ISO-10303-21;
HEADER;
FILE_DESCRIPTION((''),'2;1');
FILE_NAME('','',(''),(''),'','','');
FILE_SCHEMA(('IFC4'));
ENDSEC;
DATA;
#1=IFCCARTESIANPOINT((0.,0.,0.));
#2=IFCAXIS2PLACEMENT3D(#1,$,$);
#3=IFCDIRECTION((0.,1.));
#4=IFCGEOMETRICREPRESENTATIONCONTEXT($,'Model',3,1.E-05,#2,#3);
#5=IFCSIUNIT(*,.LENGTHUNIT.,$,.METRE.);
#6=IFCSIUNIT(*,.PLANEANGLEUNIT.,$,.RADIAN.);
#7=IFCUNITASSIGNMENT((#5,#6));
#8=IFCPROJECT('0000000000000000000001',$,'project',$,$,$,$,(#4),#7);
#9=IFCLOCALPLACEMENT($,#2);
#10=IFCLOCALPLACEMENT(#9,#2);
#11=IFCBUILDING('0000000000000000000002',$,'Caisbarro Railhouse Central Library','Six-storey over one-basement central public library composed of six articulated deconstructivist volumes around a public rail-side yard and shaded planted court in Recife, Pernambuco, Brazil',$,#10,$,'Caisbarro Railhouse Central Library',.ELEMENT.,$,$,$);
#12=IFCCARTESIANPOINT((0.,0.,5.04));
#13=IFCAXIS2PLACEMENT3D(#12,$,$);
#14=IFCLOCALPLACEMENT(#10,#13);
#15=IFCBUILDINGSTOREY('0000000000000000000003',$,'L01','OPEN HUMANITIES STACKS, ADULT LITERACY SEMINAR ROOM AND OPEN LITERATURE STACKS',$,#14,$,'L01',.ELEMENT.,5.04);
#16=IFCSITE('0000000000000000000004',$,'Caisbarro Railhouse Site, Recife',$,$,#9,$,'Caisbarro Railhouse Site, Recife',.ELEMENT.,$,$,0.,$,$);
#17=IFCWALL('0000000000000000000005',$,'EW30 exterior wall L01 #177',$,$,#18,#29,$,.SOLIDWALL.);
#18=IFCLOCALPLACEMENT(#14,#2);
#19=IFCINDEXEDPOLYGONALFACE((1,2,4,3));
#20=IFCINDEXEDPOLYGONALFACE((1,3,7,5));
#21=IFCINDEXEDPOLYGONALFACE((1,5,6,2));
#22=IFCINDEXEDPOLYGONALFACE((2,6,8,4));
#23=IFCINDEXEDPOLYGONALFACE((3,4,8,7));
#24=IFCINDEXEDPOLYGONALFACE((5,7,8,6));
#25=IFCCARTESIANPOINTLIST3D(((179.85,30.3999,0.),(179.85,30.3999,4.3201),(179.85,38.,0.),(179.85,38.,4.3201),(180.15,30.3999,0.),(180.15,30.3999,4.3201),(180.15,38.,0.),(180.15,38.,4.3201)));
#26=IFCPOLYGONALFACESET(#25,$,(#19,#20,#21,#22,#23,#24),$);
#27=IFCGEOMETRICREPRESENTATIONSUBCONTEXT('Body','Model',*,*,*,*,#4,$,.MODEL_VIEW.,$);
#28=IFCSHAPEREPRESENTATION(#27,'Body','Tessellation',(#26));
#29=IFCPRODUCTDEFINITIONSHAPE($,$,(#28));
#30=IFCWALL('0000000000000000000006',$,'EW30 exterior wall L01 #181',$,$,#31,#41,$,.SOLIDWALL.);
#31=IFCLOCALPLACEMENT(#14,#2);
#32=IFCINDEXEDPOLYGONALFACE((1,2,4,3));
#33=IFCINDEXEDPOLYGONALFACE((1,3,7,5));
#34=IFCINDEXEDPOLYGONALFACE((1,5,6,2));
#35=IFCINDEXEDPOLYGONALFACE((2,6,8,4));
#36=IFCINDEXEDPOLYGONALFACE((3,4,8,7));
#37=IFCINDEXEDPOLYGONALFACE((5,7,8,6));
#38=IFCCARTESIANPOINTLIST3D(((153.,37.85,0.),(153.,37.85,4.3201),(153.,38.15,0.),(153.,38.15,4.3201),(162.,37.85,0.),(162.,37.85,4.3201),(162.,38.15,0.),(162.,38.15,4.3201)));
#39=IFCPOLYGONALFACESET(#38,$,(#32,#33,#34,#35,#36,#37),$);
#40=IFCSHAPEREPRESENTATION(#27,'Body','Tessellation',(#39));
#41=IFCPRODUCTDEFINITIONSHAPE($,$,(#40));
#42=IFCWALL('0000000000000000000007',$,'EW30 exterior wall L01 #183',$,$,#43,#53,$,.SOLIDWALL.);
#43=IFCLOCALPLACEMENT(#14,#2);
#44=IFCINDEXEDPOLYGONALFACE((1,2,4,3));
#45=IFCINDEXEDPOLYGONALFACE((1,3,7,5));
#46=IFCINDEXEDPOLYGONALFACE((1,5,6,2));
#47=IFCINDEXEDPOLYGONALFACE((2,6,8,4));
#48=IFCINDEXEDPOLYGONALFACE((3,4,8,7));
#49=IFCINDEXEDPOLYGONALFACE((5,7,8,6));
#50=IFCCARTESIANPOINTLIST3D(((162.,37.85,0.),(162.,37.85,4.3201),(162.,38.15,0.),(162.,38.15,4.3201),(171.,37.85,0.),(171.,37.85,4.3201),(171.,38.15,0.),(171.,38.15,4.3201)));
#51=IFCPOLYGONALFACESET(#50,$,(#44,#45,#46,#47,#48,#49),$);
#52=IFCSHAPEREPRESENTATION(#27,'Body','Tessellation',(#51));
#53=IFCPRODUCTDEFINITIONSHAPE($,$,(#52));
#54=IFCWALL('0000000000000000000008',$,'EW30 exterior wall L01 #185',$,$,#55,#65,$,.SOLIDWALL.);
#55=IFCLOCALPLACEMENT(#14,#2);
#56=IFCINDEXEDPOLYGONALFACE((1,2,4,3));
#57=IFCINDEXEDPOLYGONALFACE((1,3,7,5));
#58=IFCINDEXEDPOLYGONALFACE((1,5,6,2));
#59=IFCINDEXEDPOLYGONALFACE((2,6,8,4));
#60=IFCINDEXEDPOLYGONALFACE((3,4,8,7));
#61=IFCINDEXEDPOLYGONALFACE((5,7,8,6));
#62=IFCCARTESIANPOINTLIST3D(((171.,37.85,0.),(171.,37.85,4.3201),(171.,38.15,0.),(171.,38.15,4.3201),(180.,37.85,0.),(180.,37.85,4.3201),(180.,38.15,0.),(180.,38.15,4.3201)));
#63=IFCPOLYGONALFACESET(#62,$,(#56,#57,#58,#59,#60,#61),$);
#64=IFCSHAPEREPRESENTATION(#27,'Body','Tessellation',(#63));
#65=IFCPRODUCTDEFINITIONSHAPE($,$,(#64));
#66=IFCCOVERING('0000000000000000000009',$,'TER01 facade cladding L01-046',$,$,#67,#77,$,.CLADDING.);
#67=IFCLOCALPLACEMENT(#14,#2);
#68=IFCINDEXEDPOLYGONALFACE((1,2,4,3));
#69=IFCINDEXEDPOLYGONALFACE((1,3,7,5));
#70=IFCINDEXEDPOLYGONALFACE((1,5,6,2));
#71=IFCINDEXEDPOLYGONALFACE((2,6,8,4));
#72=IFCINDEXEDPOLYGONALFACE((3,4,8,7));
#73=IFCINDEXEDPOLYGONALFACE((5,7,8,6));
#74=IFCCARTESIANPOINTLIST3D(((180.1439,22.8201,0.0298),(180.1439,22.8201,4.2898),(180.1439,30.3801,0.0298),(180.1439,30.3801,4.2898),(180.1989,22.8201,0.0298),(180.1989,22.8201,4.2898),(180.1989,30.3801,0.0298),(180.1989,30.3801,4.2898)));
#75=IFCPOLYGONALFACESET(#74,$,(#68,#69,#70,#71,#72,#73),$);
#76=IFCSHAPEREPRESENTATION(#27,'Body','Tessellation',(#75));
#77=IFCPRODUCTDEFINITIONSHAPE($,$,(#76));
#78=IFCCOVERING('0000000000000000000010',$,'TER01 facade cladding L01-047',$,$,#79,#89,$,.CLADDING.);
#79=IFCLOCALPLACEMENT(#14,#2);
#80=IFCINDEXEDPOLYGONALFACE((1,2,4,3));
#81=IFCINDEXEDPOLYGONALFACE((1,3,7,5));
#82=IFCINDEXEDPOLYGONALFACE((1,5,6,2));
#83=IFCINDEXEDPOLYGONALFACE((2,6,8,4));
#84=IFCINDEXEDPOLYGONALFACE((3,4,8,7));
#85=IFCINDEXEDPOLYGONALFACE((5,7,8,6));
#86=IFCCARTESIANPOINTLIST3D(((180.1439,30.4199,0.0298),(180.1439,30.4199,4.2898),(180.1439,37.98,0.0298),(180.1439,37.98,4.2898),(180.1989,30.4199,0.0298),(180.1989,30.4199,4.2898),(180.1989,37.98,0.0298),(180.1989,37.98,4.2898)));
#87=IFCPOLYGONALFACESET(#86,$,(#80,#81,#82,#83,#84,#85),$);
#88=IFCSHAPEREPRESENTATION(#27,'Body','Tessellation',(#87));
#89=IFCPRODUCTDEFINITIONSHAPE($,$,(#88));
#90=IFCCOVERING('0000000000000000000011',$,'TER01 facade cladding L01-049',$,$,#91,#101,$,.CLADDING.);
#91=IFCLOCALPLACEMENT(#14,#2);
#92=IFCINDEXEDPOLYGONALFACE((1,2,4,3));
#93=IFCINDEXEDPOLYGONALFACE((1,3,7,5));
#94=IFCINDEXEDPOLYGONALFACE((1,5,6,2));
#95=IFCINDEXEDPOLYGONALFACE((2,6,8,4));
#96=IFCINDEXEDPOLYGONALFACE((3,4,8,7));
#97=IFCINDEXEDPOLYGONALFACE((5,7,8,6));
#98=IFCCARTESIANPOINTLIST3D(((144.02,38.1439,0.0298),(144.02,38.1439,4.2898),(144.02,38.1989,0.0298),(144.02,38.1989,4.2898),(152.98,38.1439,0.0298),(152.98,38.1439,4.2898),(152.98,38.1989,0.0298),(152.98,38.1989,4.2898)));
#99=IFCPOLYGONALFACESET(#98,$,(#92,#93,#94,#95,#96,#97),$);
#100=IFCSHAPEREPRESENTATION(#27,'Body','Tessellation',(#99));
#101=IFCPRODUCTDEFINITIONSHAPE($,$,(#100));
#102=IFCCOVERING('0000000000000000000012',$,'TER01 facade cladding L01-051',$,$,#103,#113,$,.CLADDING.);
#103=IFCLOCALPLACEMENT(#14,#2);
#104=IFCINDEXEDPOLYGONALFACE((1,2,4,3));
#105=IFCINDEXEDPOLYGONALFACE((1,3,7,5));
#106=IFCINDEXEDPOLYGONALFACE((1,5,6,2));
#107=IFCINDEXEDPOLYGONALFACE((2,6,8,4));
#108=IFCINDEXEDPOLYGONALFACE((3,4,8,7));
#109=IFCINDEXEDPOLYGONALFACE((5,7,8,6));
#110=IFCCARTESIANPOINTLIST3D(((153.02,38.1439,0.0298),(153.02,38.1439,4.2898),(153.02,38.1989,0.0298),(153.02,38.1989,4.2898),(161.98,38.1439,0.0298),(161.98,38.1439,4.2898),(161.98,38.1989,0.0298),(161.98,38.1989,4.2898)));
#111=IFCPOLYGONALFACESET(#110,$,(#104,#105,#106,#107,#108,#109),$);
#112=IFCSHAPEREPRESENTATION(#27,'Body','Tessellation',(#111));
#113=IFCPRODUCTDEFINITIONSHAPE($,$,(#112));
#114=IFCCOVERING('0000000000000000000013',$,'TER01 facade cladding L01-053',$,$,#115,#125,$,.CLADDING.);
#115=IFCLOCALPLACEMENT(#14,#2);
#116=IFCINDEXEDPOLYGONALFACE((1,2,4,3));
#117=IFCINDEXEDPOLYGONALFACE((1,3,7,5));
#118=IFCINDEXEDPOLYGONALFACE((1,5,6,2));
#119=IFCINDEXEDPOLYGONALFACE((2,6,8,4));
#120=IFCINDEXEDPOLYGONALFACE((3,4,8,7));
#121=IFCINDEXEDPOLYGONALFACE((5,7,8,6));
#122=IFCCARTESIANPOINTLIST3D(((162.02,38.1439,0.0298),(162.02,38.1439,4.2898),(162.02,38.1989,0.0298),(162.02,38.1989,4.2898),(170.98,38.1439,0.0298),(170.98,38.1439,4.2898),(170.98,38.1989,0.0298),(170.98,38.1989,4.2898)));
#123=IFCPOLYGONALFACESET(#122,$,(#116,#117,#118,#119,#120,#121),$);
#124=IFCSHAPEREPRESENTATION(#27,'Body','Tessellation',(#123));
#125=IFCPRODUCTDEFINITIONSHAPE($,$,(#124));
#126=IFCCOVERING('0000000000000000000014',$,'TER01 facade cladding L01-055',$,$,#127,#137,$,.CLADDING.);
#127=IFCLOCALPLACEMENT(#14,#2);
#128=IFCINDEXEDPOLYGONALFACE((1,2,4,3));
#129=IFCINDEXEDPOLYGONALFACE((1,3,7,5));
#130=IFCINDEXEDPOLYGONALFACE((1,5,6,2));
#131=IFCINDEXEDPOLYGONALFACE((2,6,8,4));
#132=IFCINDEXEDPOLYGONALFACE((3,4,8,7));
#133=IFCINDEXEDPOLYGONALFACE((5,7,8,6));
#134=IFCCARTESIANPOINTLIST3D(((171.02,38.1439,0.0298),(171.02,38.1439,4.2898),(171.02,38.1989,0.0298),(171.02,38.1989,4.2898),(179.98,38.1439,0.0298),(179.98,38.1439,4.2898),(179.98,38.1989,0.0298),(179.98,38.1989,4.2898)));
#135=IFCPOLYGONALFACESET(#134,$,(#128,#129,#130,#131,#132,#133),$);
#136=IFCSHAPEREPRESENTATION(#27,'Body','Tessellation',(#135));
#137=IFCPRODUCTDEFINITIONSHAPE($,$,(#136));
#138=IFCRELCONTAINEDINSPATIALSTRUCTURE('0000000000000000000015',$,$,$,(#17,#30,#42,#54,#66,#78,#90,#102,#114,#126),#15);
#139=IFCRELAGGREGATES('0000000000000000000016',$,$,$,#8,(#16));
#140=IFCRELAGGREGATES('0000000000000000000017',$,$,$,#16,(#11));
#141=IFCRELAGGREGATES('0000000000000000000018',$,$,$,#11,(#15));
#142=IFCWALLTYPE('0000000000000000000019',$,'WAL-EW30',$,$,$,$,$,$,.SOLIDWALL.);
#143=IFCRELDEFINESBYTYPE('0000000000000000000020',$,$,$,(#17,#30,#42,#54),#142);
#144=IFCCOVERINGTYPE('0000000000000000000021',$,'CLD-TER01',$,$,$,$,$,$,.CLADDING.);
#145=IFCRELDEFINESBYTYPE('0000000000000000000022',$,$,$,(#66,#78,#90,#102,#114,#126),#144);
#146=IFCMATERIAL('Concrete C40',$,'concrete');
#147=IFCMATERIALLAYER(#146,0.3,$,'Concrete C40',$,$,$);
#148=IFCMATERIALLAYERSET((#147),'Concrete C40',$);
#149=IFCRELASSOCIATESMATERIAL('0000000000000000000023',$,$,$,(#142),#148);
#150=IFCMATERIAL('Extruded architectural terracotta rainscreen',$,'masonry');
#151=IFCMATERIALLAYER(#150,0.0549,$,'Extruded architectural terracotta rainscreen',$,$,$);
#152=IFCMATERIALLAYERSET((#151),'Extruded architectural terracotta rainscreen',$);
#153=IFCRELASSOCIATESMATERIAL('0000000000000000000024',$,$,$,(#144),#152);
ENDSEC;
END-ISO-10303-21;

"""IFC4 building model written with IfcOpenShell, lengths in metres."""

from ifc_helpers import new_model, si_unit, direction, frame, frame_2d, origin, origin_2d, place, context, subcontext, project, spatial, rectangle, extrude, material, layer, layer_set, type_object, element, save


model = new_model("IFC4")

# Units and contexts
model_context = context("Model", 3, precision=1e-05, world=origin(), true_north=direction((0.0, 1.0)))
body_context = subcontext(model_context, "Body", "Model", "MODEL_VIEW")
ifc_project = project(units=[si_unit("LENGTHUNIT", "METRE"), si_unit("PLANEANGLEUNIT", "RADIAN")], contexts=[model_context])

# Site, building, storey
site_placement = place(None, origin())
site = spatial("IfcSite", under=ifc_project, at=site_placement, Name="Caisbarro Railhouse Site, Recife", LongName="Caisbarro Railhouse Site, Recife", CompositionType="ELEMENT", RefElevation=0.0)
building_placement = place(site_placement, origin())
building = spatial("IfcBuilding", under=site, at=building_placement, Name="Caisbarro Railhouse Central Library", Description="Six-storey over one-basement central public library composed of six articulated deconstructivist volumes around a public rail-side yard and shaded planted court in Recife, Pernambuco, Brazil", LongName="Caisbarro Railhouse Central Library", CompositionType="ELEMENT")
storey_placement = place(building_placement, frame((0.0, 0.0, 5.04)))
storey = spatial("IfcBuildingStorey", under=building, at=storey_placement, Name="L01", Description="OPEN HUMANITIES STACKS, ADULT LITERACY SEMINAR ROOM AND OPEN LITERATURE STACKS", LongName="L01", CompositionType="ELEMENT", Elevation=5.04)

# Walls
ifc_material_1 = material(Name="Concrete C40", Category="concrete")
ifc_layer_1 = layer(ifc_material_1, 0.3, Name="Concrete C40")
ifc_layer_set_1 = layer_set([ifc_layer_1], Name="Concrete C40")
wall_type = type_object("IfcWallType", Name="WAL-EW30", PredefinedType="SOLIDWALL", material=ifc_layer_set_1)
wall_1_placement = place(storey_placement, frame((180.0, 30.3999, 0.0), z_axis=(0.0, 0.0, 1.0), x_axis=(0.0, 1.0, 0.0)))
element("IfcWall", 1, at=wall_1_placement, inside=storey, type_object=wall_type, Name="EW30 exterior wall L01 #177", PredefinedType="SOLIDWALL", context=body_context, shape_type="SweptSolid", body=[
    extrude(rectangle(XDim=7.6001, YDim=0.3, at=frame_2d((3.8, 0.0))), origin(), (0.0, 0.0, 1.0), 4.3201),
])
for number, where, z_axis, x_axis, name in (
    (2, (153.0, 38.0, 0.0), (0.0, 0.0, 1.0), (1.0, 0.0, 0.0), "EW30 exterior wall L01 #181"),
    (3, (162.0, 38.0, 0.0), (0.0, 0.0, 1.0), (1.0, 0.0, 0.0), "EW30 exterior wall L01 #183"),
    (4, (171.0, 38.0, 0.0), (0.0, 0.0, 1.0), (1.0, 0.0, 0.0), "EW30 exterior wall L01 #185"),
):
    element("IfcWall", number, at=place(storey_placement, frame(where, z_axis=z_axis, x_axis=x_axis)), inside=storey, type_object=wall_type, Name=name, PredefinedType="SOLIDWALL", context=body_context, shape_type="SweptSolid", body=[
        extrude(rectangle(XDim=9.0, YDim=0.3, at=frame_2d((4.5, 0.0))), origin(), (0.0, 0.0, 1.0), 4.3201),
    ])

# Coverings
ifc_material_2 = material(Name="Extruded architectural terracotta rainscreen", Category="masonry")
ifc_layer_2 = layer(ifc_material_2, 0.0549, Name="Extruded architectural terracotta rainscreen")
ifc_layer_set_2 = layer_set([ifc_layer_2], Name="Extruded architectural terracotta rainscreen")
covering_type = type_object("IfcCoveringType", Name="CLD-TER01", PredefinedType="CLADDING", material=ifc_layer_set_2)
for number, where, z_axis, x_axis, name in (
    (5, (180.1714, 26.6001, 0.0298), (0.0, 0.0, 1.0), (0.0, 1.0, 0.0), "TER01 facade cladding L01-046"),
    (6, (180.1714, 34.2, 0.0298), (0.0, 0.0, 1.0), (0.0, 1.0, 0.0), "TER01 facade cladding L01-047"),
):
    element("IfcCovering", number, at=place(storey_placement, frame(where, z_axis=z_axis, x_axis=x_axis)), inside=storey, type_object=covering_type, Name=name, PredefinedType="CLADDING", context=body_context, shape_type="SweptSolid", body=[
        extrude(rectangle(XDim=7.5601, YDim=0.0549, at=origin_2d()), origin(), (0.0, 0.0, 1.0), 4.26),
    ])
for number, where, z_axis, x_axis, name in (
    (7, (148.5, 38.1714, 0.0298), (0.0, 0.0, 1.0), (1.0, 0.0, 0.0), "TER01 facade cladding L01-049"),
    (8, (157.5, 38.1714, 0.0298), (0.0, 0.0, 1.0), (1.0, 0.0, 0.0), "TER01 facade cladding L01-051"),
    (9, (166.5, 38.1714, 0.0298), (0.0, 0.0, 1.0), (1.0, 0.0, 0.0), "TER01 facade cladding L01-053"),
    (10, (175.5, 38.1714, 0.0298), (0.0, 0.0, 1.0), (1.0, 0.0, 0.0), "TER01 facade cladding L01-055"),
):
    element("IfcCovering", number, at=place(storey_placement, frame(where, z_axis=z_axis, x_axis=x_axis)), inside=storey, type_object=covering_type, Name=name, PredefinedType="CLADDING", context=body_context, shape_type="SweptSolid", body=[
        extrude(rectangle(XDim=8.96, YDim=0.0549, at=origin_2d()), origin(), (0.0, 0.0, 1.0), 4.26),
    ])

save(model, "model.ifc")
